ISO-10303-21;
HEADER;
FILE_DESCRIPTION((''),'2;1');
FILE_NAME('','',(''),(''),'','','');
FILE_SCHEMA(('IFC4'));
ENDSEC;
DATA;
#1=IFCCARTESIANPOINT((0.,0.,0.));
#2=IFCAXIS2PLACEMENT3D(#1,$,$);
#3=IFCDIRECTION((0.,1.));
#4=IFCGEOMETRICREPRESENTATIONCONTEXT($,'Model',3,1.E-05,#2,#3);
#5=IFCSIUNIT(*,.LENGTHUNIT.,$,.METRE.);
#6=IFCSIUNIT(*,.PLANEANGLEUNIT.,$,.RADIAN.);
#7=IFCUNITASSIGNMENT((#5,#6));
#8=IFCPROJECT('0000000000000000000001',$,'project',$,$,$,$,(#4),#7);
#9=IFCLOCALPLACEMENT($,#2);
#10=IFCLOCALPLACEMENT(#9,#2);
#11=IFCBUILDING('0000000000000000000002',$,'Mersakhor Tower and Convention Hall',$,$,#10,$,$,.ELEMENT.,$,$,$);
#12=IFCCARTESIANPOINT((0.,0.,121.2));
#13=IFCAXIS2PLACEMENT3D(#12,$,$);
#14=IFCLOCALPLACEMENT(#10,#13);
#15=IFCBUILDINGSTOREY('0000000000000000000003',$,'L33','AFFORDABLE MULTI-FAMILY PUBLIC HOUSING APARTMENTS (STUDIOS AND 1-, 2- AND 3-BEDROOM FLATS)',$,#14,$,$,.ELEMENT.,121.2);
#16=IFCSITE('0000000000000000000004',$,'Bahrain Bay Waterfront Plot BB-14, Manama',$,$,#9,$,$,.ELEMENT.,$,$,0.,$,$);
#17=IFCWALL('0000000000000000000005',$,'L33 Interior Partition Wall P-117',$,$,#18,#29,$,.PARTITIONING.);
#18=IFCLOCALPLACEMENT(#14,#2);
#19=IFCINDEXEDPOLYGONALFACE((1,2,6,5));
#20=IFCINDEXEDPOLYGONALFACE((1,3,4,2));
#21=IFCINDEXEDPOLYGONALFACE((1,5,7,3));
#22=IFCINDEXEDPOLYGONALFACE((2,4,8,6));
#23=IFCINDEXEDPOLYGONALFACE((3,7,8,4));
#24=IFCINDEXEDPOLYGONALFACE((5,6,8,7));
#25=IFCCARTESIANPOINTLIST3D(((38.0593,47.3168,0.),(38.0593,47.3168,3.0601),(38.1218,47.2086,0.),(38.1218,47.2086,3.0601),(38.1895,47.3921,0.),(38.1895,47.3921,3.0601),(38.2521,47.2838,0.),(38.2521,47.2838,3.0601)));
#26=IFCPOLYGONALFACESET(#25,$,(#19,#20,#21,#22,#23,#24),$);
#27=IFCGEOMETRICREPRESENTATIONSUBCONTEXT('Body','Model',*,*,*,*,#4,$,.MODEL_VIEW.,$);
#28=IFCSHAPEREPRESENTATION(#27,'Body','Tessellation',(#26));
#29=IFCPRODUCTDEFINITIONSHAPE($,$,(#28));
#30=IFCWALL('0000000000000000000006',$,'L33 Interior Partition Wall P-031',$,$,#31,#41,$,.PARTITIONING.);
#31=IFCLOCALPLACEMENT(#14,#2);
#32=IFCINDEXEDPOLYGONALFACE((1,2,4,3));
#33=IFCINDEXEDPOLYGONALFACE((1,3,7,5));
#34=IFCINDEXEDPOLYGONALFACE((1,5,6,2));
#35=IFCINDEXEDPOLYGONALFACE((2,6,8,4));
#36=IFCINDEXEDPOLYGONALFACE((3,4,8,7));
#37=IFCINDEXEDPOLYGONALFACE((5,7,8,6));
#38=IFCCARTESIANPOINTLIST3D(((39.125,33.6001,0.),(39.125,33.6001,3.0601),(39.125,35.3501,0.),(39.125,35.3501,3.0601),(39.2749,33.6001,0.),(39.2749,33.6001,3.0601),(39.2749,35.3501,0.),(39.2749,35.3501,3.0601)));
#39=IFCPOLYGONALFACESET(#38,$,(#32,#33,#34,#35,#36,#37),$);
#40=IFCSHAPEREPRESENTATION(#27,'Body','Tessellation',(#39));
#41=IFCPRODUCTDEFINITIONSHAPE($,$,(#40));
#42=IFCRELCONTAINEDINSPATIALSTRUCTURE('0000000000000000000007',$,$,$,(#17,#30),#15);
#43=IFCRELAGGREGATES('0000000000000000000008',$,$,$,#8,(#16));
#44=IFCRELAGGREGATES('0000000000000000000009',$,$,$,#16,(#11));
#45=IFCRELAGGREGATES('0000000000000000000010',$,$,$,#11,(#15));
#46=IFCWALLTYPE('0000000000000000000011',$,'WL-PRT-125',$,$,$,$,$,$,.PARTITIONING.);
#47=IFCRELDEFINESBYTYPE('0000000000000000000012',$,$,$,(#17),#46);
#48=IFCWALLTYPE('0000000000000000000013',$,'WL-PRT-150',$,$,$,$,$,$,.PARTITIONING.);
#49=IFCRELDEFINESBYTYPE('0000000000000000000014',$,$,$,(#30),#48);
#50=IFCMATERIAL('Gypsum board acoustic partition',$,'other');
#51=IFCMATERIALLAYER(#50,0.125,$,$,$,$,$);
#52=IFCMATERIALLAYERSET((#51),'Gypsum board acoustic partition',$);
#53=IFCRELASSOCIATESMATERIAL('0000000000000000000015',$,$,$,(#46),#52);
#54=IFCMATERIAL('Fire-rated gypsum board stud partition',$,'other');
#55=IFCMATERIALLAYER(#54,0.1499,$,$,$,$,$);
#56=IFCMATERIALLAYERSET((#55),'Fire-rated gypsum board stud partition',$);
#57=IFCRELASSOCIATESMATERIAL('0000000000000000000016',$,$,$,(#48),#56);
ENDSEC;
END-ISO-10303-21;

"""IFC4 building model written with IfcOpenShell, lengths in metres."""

from ifc_helpers import new_model, si_unit, direction, frame, frame_2d, origin, place, context, subcontext, project, spatial, rectangle, extrude, material, layer, layer_set, type_object, element, save


model = new_model("IFC4")

# Units and contexts
model_context = context("Model", 3, precision=1e-05, world=origin(), true_north=direction((0.0, 1.0)))
body_context = subcontext(model_context, "Body", "Model", "MODEL_VIEW")
ifc_project = project(units=[si_unit("LENGTHUNIT", "METRE"), si_unit("PLANEANGLEUNIT", "RADIAN")], contexts=[model_context])

# Site, building, storey
site_placement = place(None, origin())
site = spatial("IfcSite", under=ifc_project, at=site_placement, Name="Bahrain Bay Waterfront Plot BB-14, Manama", CompositionType="ELEMENT", RefElevation=0.0)
building_placement = place(site_placement, origin())
building = spatial("IfcBuilding", under=site, at=building_placement, Name="Mersakhor Tower and Convention Hall", CompositionType="ELEMENT")
storey_placement = place(building_placement, frame((0.0, 0.0, 121.2)))
storey = spatial("IfcBuildingStorey", under=building, at=storey_placement, Name="L33", Description="AFFORDABLE MULTI-FAMILY PUBLIC HOUSING APARTMENTS (STUDIOS AND 1-, 2- AND 3-BEDROOM FLATS)", CompositionType="ELEMENT", Elevation=121.2)

# Walls
ifc_material_1 = material(Name="Gypsum board acoustic partition", Category="other")
ifc_layer_1 = layer(ifc_material_1, 0.125)
ifc_layer_set_1 = layer_set([ifc_layer_1], Name="Gypsum board acoustic partition")
wall_type_1 = type_object("IfcWallType", Name="WL-PRT-125", PredefinedType="PARTITIONING", material=ifc_layer_set_1)
wall_1_placement = place(storey_placement, frame((38.0906, 47.2627, 0.0), z_axis=(0.0, 0.0, 1.0), x_axis=(0.865834, 0.500332, 0.0)))
element("IfcWall", 1, at=wall_1_placement, inside=storey, type_object=wall_type_1, Name="L33 Interior Partition Wall P-117", PredefinedType="PARTITIONING", context=body_context, shape_type="SweptSolid", body=[
    extrude(rectangle(XDim=0.1504, YDim=0.125, at=frame_2d((0.0752, 0.0))), origin(), (0.0, 0.0, 1.0), 3.0601),
])
ifc_material_2 = material(Name="Fire-rated gypsum board stud partition", Category="other")
ifc_layer_2 = layer(ifc_material_2, 0.1499)
ifc_layer_set_2 = layer_set([ifc_layer_2], Name="Fire-rated gypsum board stud partition")
wall_type_2 = type_object("IfcWallType", Name="WL-PRT-150", PredefinedType="PARTITIONING", material=ifc_layer_set_2)
wall_2_placement = place(storey_placement, frame((39.2, 35.3501, 0.0), z_axis=(0.0, 0.0, 1.0), x_axis=(0.0, -1.0, 0.0)))
element("IfcWall", 2, at=wall_2_placement, inside=storey, type_object=wall_type_2, Name="L33 Interior Partition Wall P-031", PredefinedType="PARTITIONING", context=body_context, shape_type="SweptSolid", body=[
    extrude(rectangle(XDim=1.75, YDim=0.1499, at=frame_2d((0.875, 0.0))), origin(), (0.0, 0.0, 1.0), 3.0601),
])

save(model, "model.ifc")
